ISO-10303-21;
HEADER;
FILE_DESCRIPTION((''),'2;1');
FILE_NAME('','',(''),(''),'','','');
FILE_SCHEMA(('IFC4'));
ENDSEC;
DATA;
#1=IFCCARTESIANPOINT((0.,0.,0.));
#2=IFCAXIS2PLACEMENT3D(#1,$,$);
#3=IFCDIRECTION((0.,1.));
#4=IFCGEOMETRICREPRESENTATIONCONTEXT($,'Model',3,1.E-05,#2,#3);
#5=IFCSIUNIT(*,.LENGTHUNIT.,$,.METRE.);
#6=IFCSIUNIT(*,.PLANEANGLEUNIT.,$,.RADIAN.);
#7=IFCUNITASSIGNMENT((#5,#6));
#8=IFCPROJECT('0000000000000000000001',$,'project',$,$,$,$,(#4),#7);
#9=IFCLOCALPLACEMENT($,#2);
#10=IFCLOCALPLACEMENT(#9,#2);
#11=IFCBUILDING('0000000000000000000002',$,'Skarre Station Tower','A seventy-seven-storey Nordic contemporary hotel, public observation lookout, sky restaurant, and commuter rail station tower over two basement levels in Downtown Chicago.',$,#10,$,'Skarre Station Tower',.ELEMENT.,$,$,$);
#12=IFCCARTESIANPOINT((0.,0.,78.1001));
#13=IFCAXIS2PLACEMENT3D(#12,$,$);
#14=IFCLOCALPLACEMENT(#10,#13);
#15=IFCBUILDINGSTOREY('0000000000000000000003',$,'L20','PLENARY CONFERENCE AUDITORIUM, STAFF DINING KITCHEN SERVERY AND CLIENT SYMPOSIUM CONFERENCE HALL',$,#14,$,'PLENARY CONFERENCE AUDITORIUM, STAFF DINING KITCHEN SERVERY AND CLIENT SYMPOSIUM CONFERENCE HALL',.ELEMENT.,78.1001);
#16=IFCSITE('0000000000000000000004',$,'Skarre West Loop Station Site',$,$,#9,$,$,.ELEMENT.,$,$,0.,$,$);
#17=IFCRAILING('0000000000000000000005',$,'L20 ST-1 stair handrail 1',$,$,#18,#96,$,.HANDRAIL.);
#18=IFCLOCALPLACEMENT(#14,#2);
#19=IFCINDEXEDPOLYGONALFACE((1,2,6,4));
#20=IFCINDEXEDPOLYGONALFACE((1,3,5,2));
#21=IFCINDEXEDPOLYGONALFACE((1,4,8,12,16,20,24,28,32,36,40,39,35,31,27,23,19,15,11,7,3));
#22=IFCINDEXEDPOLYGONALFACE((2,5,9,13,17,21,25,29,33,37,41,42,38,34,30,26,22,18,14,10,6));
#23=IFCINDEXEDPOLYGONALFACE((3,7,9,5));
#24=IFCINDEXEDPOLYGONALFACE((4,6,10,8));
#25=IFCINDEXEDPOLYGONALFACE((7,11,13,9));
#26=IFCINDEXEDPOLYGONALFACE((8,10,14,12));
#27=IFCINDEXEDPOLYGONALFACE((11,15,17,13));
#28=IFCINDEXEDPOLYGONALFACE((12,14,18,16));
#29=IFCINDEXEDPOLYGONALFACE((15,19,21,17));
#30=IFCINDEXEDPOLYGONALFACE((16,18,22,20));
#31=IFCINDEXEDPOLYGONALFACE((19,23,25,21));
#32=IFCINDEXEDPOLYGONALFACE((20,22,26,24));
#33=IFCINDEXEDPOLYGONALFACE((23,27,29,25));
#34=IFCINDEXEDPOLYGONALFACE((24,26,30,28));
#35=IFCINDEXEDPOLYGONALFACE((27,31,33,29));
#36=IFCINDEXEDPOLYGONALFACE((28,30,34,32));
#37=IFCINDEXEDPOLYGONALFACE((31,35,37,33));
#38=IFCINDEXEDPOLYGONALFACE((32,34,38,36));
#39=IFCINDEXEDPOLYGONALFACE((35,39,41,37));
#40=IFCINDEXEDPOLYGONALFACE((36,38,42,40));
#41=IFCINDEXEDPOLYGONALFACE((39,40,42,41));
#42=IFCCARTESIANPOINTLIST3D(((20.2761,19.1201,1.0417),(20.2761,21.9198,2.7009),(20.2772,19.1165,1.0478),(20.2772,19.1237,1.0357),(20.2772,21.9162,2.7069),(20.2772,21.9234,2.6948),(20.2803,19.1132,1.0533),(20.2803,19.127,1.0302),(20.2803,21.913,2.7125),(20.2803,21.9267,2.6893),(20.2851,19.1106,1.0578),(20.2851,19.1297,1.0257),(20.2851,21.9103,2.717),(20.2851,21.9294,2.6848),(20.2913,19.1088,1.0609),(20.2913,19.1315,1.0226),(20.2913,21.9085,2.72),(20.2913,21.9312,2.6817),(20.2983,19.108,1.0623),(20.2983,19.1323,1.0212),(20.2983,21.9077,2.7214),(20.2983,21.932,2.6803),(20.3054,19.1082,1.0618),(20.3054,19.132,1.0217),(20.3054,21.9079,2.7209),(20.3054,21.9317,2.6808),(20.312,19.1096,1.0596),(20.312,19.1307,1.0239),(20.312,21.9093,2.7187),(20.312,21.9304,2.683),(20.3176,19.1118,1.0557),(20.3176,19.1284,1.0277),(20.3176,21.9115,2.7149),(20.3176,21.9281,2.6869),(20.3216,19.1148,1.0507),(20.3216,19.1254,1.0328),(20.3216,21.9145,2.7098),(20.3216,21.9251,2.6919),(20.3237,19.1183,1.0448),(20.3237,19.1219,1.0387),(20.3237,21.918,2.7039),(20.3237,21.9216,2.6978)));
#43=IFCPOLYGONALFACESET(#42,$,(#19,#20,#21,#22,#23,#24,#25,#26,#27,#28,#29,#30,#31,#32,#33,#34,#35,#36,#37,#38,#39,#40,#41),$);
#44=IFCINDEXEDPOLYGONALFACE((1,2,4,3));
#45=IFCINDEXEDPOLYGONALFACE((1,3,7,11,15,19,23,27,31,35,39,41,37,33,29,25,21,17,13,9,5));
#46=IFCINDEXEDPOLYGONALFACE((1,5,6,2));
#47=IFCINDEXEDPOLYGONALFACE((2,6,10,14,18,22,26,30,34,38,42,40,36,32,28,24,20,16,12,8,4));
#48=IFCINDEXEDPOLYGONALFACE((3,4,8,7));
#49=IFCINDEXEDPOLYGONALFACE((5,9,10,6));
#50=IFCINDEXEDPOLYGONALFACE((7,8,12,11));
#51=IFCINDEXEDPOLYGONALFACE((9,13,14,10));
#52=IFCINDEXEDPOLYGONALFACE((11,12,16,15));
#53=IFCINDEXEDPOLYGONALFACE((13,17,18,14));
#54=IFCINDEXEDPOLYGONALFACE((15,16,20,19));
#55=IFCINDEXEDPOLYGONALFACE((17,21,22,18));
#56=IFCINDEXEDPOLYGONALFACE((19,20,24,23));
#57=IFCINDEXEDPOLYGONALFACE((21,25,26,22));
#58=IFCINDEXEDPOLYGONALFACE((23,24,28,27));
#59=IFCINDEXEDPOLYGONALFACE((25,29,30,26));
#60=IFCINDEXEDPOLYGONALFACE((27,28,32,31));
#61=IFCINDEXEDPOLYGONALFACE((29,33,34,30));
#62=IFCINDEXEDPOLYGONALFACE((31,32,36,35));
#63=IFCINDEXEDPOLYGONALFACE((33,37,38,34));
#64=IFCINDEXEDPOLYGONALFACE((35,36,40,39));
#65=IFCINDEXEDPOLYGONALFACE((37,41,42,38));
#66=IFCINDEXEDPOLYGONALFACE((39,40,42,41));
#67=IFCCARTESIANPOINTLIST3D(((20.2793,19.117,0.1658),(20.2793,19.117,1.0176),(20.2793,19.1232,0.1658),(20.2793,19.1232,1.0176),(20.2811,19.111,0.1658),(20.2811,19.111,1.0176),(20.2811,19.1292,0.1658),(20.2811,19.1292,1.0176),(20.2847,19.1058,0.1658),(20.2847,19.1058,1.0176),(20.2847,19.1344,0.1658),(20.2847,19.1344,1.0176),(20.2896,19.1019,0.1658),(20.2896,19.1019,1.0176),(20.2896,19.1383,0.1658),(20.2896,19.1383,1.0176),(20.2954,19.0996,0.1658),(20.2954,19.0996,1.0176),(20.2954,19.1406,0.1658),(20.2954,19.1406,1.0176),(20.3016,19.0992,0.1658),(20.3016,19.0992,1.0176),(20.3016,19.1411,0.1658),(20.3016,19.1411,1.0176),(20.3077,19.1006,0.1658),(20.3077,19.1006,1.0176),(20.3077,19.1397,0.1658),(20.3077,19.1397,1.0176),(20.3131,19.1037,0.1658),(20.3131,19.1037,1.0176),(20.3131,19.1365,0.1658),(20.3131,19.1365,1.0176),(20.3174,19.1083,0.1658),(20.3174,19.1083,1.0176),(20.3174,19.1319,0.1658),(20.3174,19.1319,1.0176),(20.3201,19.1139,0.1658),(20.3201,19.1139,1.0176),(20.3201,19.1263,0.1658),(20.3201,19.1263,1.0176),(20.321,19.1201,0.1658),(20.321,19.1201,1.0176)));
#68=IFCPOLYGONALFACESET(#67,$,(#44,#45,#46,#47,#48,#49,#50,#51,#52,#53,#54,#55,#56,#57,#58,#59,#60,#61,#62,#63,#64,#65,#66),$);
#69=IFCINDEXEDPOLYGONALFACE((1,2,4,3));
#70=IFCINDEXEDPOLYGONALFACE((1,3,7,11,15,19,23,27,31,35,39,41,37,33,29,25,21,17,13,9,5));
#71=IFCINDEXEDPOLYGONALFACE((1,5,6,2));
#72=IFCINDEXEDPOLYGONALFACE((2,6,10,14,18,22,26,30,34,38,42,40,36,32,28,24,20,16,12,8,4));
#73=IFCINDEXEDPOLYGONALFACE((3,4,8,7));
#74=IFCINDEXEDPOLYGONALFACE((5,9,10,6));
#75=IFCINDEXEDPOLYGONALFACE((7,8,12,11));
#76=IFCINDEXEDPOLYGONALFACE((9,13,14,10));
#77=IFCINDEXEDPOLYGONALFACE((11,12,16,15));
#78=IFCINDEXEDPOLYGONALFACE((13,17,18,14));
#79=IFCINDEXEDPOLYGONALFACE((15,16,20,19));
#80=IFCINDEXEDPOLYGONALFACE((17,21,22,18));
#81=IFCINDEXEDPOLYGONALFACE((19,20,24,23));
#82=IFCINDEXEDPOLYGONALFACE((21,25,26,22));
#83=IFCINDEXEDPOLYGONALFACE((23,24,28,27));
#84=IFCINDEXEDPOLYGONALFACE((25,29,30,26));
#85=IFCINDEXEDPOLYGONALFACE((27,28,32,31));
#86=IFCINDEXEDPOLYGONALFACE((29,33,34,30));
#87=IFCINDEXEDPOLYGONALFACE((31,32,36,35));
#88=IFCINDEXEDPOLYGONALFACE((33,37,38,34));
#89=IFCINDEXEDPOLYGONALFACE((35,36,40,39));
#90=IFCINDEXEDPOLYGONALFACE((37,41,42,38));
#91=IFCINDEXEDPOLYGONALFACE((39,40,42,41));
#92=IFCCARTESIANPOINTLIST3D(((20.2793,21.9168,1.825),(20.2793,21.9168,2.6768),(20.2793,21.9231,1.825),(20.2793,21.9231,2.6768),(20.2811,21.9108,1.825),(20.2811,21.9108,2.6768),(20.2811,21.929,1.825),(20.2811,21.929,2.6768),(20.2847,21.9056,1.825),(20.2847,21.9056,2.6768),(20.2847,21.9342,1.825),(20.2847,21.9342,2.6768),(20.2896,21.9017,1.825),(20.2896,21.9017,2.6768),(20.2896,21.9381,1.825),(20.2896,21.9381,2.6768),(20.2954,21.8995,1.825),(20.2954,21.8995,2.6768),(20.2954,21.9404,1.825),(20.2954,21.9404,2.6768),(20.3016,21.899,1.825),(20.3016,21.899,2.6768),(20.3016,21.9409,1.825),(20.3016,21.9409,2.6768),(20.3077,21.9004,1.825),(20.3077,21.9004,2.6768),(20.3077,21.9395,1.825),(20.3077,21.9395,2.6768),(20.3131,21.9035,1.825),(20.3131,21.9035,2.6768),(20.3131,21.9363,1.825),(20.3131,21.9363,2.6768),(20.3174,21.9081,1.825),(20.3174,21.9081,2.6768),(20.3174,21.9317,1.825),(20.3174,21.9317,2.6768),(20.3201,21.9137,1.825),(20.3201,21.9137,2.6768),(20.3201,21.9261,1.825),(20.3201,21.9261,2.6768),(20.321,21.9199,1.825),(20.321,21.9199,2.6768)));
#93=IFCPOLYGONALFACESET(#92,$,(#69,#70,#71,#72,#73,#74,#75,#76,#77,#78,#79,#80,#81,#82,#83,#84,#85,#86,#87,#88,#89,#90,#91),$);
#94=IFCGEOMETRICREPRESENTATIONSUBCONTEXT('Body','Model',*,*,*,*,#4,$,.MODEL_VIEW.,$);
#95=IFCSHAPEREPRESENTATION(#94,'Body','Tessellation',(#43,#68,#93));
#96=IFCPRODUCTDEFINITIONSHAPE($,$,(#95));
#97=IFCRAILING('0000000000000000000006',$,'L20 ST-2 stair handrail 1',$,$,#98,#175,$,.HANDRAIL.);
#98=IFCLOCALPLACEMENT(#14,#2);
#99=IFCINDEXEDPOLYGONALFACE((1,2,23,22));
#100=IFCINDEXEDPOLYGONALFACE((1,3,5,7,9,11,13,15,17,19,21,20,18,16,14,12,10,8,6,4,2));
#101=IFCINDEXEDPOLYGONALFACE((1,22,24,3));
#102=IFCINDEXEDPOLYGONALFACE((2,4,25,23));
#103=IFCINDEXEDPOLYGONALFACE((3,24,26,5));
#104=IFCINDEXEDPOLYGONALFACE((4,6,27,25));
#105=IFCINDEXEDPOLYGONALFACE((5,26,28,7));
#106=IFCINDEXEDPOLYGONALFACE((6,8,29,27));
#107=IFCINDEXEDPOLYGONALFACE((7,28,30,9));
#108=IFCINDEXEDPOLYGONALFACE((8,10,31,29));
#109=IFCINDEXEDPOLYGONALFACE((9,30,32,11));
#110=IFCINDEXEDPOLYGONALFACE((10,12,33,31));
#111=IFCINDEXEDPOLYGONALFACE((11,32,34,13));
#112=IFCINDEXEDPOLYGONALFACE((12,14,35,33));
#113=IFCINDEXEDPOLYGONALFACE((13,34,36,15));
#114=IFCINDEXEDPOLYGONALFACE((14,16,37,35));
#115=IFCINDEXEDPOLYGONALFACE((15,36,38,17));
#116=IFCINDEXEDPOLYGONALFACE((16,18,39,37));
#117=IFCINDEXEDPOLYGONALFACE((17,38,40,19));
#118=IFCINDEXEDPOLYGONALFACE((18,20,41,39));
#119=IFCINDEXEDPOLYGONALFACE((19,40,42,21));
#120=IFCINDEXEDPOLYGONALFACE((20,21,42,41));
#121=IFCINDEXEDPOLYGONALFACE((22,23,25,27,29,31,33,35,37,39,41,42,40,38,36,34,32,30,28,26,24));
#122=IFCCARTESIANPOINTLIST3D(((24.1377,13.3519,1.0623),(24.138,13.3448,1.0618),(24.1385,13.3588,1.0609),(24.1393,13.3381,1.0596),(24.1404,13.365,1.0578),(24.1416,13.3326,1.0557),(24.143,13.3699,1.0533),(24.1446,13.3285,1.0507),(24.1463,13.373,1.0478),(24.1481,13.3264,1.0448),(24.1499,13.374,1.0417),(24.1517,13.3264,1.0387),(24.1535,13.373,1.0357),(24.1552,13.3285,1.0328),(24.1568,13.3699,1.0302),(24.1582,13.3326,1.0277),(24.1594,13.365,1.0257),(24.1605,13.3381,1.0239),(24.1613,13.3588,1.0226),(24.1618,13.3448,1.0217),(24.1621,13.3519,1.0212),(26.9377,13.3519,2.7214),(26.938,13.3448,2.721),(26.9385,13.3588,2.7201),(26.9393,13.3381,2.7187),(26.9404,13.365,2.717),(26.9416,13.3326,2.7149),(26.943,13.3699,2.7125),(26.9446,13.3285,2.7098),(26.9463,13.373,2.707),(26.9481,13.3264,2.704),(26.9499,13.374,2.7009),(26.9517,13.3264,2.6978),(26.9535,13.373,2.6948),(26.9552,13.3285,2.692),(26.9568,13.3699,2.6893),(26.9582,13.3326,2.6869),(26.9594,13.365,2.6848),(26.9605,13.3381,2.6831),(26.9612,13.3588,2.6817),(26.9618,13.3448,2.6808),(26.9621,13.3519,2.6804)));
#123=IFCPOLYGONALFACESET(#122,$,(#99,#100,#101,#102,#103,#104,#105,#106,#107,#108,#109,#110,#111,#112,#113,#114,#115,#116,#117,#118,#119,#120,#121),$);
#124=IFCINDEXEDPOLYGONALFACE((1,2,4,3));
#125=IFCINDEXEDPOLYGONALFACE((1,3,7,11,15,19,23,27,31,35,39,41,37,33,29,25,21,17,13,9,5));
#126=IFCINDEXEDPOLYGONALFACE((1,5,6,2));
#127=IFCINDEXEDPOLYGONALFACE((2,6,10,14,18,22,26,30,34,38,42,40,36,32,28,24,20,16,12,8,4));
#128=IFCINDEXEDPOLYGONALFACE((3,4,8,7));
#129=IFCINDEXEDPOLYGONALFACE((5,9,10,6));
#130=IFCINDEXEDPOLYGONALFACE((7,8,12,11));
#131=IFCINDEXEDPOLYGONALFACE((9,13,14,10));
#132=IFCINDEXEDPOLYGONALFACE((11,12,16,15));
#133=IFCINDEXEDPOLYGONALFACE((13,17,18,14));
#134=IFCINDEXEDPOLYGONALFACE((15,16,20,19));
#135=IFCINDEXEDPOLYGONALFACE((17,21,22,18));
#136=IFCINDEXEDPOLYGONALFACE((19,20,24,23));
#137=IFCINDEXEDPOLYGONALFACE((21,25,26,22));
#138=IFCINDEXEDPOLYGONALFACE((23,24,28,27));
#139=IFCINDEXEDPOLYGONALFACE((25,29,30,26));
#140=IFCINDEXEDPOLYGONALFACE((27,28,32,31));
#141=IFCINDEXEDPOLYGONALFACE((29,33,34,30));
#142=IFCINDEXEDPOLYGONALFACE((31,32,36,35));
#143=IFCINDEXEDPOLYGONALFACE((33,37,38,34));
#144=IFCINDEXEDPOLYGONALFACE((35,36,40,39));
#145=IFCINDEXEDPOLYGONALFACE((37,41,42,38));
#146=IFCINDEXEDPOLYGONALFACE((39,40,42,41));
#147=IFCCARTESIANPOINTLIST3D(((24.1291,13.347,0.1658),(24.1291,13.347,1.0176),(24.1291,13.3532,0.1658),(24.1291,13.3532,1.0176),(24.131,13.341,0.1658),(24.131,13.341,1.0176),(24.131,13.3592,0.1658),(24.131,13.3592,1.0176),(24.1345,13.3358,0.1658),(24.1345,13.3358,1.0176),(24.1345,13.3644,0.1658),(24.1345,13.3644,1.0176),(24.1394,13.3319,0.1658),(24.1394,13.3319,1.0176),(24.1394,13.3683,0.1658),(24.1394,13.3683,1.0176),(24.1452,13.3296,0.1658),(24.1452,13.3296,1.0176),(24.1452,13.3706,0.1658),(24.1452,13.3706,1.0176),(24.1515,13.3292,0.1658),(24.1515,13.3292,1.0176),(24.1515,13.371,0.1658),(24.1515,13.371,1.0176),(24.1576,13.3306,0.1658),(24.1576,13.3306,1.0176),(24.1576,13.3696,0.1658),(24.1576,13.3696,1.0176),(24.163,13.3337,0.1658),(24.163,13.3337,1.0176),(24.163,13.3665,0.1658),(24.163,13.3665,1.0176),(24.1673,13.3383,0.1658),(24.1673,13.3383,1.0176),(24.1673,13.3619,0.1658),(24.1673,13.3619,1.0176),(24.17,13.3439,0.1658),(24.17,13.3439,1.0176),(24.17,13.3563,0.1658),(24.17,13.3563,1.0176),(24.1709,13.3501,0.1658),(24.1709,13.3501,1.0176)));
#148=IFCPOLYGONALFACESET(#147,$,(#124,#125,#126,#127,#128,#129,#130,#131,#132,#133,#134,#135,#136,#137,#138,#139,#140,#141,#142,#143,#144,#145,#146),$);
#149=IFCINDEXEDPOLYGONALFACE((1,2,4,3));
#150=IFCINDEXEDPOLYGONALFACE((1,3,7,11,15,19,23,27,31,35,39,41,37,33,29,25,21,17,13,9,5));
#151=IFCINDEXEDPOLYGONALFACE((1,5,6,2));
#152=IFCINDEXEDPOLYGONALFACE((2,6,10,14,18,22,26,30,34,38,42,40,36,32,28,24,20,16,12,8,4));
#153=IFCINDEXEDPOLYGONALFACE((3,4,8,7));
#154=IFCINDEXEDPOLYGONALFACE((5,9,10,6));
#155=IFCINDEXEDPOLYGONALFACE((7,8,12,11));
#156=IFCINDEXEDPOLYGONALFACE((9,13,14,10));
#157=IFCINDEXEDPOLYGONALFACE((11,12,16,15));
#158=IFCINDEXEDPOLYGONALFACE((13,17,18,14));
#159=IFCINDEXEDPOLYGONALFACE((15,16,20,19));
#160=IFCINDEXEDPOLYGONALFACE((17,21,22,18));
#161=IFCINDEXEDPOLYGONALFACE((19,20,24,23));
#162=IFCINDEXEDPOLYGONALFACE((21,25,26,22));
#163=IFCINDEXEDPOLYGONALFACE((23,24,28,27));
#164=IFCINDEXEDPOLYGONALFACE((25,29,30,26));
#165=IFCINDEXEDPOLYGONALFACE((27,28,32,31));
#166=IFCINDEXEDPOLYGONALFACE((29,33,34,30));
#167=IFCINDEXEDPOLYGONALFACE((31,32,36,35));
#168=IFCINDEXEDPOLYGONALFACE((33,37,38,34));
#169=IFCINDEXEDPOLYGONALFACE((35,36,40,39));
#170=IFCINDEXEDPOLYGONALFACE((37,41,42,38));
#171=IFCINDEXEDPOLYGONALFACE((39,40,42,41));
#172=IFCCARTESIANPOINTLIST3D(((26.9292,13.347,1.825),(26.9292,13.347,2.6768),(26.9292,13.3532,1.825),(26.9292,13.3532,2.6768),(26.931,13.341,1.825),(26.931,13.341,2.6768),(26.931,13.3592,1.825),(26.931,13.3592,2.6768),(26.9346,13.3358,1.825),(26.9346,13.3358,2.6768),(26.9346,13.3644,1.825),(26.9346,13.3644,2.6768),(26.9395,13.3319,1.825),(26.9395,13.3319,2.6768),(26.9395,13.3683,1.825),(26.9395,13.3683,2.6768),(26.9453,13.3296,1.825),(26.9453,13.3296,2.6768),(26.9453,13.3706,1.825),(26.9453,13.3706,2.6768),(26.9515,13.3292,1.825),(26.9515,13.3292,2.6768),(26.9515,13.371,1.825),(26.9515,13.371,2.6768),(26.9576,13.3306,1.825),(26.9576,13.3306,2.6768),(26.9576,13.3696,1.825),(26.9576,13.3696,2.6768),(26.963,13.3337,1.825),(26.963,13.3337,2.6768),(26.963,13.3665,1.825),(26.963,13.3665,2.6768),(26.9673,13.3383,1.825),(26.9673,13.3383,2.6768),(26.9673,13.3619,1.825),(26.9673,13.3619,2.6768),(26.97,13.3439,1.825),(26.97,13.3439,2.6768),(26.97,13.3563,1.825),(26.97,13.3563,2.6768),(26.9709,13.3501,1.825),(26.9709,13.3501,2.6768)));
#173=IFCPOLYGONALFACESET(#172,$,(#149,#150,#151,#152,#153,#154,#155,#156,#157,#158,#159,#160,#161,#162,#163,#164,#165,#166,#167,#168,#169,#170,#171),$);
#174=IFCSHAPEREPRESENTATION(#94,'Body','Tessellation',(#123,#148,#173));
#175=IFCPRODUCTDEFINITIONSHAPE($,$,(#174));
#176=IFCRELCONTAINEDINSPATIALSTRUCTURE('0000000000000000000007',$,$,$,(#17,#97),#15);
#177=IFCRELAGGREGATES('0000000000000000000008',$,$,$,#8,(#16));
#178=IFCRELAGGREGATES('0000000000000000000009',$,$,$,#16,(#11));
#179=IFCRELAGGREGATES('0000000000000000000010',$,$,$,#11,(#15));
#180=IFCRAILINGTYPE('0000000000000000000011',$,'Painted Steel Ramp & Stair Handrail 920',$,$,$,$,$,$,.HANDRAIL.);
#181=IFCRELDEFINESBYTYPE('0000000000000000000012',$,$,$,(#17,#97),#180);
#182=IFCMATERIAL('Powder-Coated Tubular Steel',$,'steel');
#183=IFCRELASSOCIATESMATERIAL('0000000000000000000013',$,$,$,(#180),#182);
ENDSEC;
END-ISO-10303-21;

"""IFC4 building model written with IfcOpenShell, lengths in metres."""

from ifc_helpers import new_model, si_unit, direction, frame, origin, origin_2d, place, context, subcontext, project, spatial, circle, extrude, material, type_object, element, save


model = new_model("IFC4")

# Units and contexts
model_context = context("Model", 3, precision=1e-05, world=origin(), true_north=direction((0.0, 1.0)))
body_context = subcontext(model_context, "Body", "Model", "MODEL_VIEW")
ifc_project = project(units=[si_unit("LENGTHUNIT", "METRE"), si_unit("PLANEANGLEUNIT", "RADIAN")], contexts=[model_context])

# Site, building, storey
site_placement = place(None, origin())
site = spatial("IfcSite", under=ifc_project, at=site_placement, Name="Skarre West Loop Station Site", CompositionType="ELEMENT", RefElevation=0.0)
building_placement = place(site_placement, origin())
building = spatial("IfcBuilding", under=site, at=building_placement, Name="Skarre Station Tower", Description="A seventy-seven-storey Nordic contemporary hotel, public observation lookout, sky restaurant, and commuter rail station tower over two basement levels in Downtown Chicago.", LongName="Skarre Station Tower", CompositionType="ELEMENT")
storey_placement = place(building_placement, frame((0.0, 0.0, 78.1001)))
storey = spatial("IfcBuildingStorey", under=building, at=storey_placement, Name="L20", Description="PLENARY CONFERENCE AUDITORIUM, STAFF DINING KITCHEN SERVERY AND CLIENT SYMPOSIUM CONFERENCE HALL", LongName="PLENARY CONFERENCE AUDITORIUM, STAFF DINING KITCHEN SERVERY AND CLIENT SYMPOSIUM CONFERENCE HALL", CompositionType="ELEMENT", Elevation=78.1001)

# Railings
ifc_material_1 = material(Name="Powder-Coated Tubular Steel", Category="steel")
railing_type_1 = type_object("IfcRailingType", Name="Painted Steel Ramp & Stair Handrail 920", PredefinedType="HANDRAIL", material=ifc_material_1)
railing_1_placement = place(storey_placement, frame((20.3, 19.1201, 0.1658)))
element("IfcRailing", 1, at=railing_1_placement, inside=storey, type_object=railing_type_1, Name="L20 ST-1 stair handrail 1", PredefinedType="HANDRAIL", context=body_context, shape_type="SweptSolid", body=[
    extrude(circle(Radius=0.0239, at=origin_2d()), frame((0.0, 0.0, 0.876), z_axis=(0.0, 0.860287, 0.509811), x_axis=(-1.0, 0.0, 0.0)), (0.0, 0.0, 1.0), 3.2544),
    extrude(circle(Radius=0.021, at=origin_2d()), origin(), (0.0, 0.0, 1.0), 0.8518),
    extrude(circle(Radius=0.021, at=origin_2d()), frame((0.0, 2.7998, 1.6592)), (0.0, 0.0, 1.0), 0.8518),
])
railing_2_placement = place(storey_placement, frame((24.1499, 13.3501, 0.1658)))
element("IfcRailing", 2, at=railing_2_placement, inside=storey, type_object=railing_type_1, Name="L20 ST-2 stair handrail 1", PredefinedType="HANDRAIL", context=body_context, shape_type="SweptSolid", body=[
    extrude(circle(Radius=0.0239, at=origin_2d()), frame((0.0, 0.0, 0.876), z_axis=(0.860306, 0.0, 0.509778), x_axis=(0.0, 1.0, 0.0)), (0.0, 0.0, 1.0), 3.2546),
    extrude(circle(Radius=0.021, at=origin_2d()), origin(), (0.0, 0.0, 1.0), 0.8518),
    extrude(circle(Radius=0.021, at=origin_2d()), frame((2.8, 0.0, 1.6592)), (0.0, 0.0, 1.0), 0.8518),
])

save(model, "model.ifc")
